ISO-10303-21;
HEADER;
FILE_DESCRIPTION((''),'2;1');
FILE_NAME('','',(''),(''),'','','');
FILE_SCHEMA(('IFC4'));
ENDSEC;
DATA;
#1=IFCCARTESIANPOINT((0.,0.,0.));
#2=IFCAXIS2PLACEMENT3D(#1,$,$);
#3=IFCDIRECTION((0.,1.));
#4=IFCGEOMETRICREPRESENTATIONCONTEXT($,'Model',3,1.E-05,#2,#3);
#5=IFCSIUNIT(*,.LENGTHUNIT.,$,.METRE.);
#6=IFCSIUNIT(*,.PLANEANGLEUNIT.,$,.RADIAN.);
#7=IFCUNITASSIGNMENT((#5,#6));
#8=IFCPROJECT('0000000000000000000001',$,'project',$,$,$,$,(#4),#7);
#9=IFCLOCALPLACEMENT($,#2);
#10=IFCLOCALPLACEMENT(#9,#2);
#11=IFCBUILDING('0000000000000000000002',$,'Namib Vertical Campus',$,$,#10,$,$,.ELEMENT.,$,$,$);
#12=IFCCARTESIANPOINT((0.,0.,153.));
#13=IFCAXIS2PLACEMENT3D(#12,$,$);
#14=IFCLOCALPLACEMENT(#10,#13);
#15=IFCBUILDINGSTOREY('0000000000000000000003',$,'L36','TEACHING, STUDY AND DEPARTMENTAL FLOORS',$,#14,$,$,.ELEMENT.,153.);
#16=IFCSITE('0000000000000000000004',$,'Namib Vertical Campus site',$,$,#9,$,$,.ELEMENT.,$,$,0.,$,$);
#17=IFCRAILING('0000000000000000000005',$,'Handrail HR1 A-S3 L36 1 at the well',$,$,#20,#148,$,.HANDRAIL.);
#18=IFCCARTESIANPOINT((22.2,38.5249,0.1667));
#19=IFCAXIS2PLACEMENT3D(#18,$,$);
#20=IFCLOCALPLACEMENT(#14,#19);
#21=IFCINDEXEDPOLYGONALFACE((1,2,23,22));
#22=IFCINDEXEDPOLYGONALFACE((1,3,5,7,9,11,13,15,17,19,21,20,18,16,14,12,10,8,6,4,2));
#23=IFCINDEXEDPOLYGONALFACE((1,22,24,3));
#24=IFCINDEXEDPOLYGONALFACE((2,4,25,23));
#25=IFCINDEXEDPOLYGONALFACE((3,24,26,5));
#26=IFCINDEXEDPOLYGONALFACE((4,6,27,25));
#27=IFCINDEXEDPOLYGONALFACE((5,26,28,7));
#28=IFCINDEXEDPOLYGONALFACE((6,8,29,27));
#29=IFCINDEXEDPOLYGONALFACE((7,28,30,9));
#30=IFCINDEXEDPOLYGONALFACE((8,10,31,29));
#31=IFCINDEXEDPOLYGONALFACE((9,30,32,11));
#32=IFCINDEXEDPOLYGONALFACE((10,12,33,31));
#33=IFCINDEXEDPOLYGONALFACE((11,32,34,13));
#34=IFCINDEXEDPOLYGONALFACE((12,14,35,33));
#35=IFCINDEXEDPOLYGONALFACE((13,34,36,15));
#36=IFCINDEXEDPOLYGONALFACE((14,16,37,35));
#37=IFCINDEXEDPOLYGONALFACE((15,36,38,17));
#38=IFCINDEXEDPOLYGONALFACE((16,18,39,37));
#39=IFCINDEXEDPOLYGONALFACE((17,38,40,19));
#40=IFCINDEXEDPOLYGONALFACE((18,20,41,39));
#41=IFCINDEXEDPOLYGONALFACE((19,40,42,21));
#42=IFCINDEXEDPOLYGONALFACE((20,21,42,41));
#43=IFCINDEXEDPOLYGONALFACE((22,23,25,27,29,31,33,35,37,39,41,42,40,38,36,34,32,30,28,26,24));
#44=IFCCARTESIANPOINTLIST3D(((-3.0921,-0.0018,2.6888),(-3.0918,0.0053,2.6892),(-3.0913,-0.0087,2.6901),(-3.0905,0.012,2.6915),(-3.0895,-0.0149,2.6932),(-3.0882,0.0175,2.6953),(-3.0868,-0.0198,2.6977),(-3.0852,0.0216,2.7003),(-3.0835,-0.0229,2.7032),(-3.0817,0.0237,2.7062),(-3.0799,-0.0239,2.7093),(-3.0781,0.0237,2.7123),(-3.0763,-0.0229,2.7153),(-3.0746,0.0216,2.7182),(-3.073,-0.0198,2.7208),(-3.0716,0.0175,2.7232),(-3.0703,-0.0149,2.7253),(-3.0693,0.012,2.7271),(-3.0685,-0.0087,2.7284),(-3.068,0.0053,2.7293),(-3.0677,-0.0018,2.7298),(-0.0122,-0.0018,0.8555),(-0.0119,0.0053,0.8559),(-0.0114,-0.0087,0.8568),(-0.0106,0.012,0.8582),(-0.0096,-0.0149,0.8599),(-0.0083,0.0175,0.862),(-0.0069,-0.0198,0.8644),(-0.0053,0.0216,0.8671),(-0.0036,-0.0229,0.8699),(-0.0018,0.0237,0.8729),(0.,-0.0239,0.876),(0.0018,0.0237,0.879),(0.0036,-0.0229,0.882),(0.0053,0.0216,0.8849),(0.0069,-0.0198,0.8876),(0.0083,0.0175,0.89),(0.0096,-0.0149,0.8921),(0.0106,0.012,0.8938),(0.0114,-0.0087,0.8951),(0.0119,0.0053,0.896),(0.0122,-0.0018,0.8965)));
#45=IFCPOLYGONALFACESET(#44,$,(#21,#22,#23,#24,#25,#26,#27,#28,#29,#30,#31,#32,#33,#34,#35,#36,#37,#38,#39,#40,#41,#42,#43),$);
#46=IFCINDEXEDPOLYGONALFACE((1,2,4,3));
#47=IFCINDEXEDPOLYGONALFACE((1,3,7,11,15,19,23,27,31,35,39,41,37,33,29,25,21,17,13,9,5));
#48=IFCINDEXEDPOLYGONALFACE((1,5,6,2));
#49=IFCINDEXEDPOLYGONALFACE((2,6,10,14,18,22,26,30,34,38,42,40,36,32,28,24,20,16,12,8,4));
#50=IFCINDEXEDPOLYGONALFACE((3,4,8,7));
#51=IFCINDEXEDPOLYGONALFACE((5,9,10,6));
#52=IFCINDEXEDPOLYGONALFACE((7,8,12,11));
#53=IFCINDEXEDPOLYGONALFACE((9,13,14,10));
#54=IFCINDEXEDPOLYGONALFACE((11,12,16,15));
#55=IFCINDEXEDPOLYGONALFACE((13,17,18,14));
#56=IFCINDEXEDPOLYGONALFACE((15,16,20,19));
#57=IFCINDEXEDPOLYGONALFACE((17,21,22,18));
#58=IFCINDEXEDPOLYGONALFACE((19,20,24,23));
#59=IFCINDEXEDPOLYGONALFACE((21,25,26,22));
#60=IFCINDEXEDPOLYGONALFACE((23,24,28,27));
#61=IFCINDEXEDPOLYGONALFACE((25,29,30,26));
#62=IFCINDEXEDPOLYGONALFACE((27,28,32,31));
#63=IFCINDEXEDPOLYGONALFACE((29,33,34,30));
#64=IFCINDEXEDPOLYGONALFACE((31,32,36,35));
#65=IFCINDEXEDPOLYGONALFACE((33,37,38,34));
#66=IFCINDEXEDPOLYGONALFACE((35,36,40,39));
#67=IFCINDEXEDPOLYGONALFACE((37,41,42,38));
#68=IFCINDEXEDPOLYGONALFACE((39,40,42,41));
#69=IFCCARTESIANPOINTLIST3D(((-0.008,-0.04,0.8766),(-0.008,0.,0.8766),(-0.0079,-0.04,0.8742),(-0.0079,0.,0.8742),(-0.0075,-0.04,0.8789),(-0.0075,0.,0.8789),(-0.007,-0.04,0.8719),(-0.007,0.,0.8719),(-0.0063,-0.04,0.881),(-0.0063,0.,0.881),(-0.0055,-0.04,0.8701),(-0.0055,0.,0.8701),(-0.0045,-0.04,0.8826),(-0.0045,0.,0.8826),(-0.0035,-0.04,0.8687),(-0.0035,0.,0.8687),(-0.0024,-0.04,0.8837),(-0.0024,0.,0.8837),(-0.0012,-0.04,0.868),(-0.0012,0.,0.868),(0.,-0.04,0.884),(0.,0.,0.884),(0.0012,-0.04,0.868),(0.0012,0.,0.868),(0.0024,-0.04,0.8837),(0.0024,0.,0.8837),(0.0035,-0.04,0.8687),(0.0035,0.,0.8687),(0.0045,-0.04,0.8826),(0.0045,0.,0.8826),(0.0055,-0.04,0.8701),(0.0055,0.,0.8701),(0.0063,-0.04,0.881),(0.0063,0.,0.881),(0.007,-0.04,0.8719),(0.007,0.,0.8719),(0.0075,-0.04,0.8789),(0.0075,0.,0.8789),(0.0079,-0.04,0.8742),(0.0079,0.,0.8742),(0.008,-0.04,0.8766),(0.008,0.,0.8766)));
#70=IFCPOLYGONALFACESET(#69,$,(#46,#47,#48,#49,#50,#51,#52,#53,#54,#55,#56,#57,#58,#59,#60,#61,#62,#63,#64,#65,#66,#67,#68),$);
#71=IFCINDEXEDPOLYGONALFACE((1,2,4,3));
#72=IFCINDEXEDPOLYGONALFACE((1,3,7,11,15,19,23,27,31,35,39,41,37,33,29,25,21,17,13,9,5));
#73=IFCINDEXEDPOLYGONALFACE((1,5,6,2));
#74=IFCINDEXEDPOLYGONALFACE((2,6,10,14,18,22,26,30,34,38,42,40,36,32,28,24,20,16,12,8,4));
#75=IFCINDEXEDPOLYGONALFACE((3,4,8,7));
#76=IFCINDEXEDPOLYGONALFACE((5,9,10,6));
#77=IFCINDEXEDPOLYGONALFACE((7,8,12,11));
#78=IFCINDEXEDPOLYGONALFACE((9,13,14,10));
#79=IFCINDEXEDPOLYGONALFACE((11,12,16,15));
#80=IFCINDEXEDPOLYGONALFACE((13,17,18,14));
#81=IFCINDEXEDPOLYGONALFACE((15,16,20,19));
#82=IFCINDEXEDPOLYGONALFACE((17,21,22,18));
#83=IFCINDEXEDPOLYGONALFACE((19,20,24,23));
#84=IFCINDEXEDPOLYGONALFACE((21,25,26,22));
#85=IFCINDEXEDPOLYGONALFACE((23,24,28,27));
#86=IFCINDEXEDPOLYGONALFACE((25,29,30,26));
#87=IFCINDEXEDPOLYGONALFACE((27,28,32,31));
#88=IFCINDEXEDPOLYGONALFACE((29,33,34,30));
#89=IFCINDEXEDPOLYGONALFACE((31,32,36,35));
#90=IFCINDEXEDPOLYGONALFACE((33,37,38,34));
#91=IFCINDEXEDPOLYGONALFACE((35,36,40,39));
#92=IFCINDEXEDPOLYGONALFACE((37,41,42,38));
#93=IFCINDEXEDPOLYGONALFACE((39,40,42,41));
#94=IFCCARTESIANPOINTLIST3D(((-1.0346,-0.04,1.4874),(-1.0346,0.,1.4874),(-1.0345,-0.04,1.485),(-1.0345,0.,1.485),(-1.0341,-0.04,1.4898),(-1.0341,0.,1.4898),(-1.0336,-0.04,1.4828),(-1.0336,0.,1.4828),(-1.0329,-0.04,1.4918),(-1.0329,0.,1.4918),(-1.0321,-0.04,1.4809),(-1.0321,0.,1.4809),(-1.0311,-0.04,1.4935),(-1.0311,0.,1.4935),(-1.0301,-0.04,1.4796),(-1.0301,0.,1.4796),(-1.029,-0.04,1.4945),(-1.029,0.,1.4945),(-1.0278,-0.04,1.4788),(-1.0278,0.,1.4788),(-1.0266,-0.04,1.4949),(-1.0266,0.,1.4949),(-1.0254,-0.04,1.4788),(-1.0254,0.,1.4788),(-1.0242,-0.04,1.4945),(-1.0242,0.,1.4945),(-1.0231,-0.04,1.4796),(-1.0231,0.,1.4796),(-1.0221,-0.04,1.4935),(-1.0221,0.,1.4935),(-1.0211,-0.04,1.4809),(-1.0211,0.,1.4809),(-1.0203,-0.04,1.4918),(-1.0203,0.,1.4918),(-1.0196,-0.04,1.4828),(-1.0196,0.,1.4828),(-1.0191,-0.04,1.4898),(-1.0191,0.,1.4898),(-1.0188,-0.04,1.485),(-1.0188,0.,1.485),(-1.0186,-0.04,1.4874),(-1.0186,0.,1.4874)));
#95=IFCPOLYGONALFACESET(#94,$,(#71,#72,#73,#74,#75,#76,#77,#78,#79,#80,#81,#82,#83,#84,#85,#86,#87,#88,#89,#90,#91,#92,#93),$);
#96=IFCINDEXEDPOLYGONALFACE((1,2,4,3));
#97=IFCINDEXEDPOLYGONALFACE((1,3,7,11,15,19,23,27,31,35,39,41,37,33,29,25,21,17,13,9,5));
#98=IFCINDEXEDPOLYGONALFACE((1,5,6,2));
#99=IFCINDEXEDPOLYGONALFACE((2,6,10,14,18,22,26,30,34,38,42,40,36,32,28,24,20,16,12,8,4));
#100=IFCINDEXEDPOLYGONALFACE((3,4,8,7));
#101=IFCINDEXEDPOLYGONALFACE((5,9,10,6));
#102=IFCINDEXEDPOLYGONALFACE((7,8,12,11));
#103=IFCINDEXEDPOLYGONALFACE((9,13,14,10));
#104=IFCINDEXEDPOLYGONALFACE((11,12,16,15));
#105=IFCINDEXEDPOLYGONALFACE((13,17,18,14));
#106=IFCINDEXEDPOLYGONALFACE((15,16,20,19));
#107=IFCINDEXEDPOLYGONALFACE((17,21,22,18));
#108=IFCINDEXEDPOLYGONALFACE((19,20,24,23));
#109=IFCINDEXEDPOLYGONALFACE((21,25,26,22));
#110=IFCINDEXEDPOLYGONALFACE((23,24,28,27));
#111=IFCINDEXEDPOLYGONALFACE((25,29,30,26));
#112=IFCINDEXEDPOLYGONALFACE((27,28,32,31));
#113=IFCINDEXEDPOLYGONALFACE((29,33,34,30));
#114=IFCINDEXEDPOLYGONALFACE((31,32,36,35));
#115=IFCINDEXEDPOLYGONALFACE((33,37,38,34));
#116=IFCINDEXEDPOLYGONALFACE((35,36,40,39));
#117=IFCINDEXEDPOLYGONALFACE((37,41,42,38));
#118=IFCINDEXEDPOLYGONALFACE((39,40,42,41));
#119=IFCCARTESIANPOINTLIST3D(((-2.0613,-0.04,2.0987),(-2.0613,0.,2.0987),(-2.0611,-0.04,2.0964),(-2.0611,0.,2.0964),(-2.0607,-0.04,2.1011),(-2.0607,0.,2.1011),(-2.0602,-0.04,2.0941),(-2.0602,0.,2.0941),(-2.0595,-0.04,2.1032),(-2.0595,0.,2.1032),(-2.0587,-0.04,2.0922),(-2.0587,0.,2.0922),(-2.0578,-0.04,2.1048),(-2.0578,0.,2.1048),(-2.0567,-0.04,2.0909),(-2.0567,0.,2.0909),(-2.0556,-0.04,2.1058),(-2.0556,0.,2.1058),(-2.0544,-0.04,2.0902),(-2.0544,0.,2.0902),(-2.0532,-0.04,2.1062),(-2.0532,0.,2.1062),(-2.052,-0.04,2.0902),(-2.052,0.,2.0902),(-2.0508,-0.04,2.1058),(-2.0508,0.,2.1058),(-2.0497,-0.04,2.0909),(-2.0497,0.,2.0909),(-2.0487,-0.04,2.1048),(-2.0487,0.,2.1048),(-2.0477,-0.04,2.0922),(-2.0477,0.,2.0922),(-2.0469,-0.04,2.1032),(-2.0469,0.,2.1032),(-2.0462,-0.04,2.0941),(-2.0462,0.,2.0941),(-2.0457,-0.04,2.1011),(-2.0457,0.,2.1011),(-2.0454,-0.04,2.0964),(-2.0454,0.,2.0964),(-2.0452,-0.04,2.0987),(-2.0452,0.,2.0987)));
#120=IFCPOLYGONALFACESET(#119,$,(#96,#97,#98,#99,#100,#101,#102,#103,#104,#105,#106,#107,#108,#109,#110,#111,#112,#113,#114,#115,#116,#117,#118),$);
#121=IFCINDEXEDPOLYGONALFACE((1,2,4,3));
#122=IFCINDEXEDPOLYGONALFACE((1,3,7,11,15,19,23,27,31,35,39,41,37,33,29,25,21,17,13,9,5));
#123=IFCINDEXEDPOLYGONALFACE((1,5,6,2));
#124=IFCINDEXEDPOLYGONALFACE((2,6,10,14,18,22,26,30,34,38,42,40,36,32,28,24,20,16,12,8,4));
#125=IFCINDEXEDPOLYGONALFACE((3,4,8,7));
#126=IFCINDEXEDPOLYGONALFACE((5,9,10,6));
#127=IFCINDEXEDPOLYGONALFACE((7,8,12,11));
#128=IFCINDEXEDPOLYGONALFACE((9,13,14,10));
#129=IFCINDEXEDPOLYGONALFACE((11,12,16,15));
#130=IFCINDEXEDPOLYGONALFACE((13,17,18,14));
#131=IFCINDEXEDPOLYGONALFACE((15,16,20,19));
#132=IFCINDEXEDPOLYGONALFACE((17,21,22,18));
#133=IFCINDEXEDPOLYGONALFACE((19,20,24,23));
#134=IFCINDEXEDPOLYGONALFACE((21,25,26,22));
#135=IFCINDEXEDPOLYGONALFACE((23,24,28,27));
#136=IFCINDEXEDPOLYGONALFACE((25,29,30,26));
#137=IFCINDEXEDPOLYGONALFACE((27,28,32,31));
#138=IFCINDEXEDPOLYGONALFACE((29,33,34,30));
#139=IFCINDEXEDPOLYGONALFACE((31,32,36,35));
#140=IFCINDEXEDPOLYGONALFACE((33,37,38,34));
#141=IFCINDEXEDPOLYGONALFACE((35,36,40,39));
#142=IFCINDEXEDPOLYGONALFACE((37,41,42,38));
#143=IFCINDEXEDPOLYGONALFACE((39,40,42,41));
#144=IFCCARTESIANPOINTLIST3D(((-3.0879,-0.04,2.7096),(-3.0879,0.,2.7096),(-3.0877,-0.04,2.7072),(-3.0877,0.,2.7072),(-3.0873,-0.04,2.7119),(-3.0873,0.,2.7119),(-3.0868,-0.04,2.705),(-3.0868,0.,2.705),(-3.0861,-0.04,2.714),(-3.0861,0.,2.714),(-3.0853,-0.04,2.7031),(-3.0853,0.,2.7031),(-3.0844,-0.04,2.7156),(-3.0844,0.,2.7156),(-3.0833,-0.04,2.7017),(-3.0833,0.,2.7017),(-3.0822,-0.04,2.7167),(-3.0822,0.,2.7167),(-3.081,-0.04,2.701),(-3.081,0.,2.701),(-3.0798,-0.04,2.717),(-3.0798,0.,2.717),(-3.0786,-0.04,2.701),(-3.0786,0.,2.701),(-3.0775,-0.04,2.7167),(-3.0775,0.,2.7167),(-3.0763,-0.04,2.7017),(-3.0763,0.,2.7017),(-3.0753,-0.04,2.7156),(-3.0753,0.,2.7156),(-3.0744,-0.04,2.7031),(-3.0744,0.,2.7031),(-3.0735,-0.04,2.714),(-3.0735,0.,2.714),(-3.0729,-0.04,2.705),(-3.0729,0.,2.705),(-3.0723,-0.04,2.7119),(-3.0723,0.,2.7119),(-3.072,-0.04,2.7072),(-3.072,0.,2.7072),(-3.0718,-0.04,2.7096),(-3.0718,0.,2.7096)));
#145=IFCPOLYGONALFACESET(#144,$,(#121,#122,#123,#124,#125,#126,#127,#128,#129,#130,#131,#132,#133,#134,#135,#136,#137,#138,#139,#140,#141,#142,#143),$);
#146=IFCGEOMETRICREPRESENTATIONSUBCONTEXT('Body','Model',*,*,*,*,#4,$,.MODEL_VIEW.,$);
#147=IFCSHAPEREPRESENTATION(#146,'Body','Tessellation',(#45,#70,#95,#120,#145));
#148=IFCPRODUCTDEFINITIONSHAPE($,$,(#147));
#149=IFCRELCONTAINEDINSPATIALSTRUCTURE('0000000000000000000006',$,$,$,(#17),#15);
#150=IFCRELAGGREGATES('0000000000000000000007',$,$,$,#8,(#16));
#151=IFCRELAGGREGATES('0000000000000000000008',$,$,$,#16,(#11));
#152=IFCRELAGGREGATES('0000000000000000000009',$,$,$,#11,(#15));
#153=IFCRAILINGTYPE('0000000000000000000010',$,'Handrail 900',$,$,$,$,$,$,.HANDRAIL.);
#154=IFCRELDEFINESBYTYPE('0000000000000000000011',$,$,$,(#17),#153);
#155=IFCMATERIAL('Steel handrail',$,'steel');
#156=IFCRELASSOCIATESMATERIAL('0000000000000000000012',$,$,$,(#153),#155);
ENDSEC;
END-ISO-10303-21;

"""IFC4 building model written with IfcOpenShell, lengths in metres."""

from ifc_helpers import new_model, si_unit, direction, frame, origin, origin_2d, place, context, subcontext, project, spatial, circle, extrude, material, type_object, element, save


model = new_model("IFC4")

# Units and contexts
model_context = context("Model", 3, precision=1e-05, world=origin(), true_north=direction((0.0, 1.0)))
body_context = subcontext(model_context, "Body", "Model", "MODEL_VIEW")
ifc_project = project(units=[si_unit("LENGTHUNIT", "METRE"), si_unit("PLANEANGLEUNIT", "RADIAN")], contexts=[model_context])

# Site, building, storey
site_placement = place(None, origin())
site = spatial("IfcSite", under=ifc_project, at=site_placement, Name="Namib Vertical Campus site", CompositionType="ELEMENT", RefElevation=0.0)
building_placement = place(site_placement, origin())
building = spatial("IfcBuilding", under=site, at=building_placement, Name="Namib Vertical Campus", CompositionType="ELEMENT")
storey_placement = place(building_placement, frame((0.0, 0.0, 153.0)))
storey = spatial("IfcBuildingStorey", under=building, at=storey_placement, Name="L36", Description="TEACHING, STUDY AND DEPARTMENTAL FLOORS", CompositionType="ELEMENT", Elevation=153.0)

# Railing
ifc_material_1 = material(Name="Steel handrail", Category="steel")
railing_type_1 = type_object("IfcRailingType", Name="Handrail 900", PredefinedType="HANDRAIL", material=ifc_material_1)
railing_1_placement = place(storey_placement, frame((22.2, 38.5249, 0.1667)))
element("IfcRailing", 1, at=railing_1_placement, inside=storey, type_object=railing_type_1, Name="Handrail HR1 A-S3 L36 1 at the well", PredefinedType="HANDRAIL", context=body_context, shape_type="SweptSolid", body=[
    extrude(circle(Radius=0.0239, at=origin_2d()), frame((0.0, 0.0, 0.876), z_axis=(-0.859291, 0.0, 0.511487), x_axis=(0.0, -1.0, 0.0)), (0.0, 0.0, 1.0), 3.5842),
    extrude(circle(Radius=0.0081, at=origin_2d()), frame((0.0, 0.0, 0.876), z_axis=(0.0, -1.0, 0.0), x_axis=(0.0, 0.0, 1.0)), (0.0, 0.0, 1.0), 0.04),
    extrude(circle(Radius=0.0081, at=origin_2d()), frame((-1.0266, 0.0, 1.4868), z_axis=(0.0, -1.0, 0.0), x_axis=(0.0, 0.0, 1.0)), (0.0, 0.0, 1.0), 0.04),
    extrude(circle(Radius=0.0081, at=origin_2d()), frame((-2.0532, 0.0, 2.0981), z_axis=(0.0, -1.0, 0.0), x_axis=(0.0, 0.0, 1.0)), (0.0, 0.0, 1.0), 0.04),
    extrude(circle(Radius=0.0081, at=origin_2d()), frame((-3.0798, 0.0, 2.709), z_axis=(0.0, -1.0, 0.0), x_axis=(0.0, 0.0, 1.0)), (0.0, 0.0, 1.0), 0.04),
])

save(model, "model.ifc")
